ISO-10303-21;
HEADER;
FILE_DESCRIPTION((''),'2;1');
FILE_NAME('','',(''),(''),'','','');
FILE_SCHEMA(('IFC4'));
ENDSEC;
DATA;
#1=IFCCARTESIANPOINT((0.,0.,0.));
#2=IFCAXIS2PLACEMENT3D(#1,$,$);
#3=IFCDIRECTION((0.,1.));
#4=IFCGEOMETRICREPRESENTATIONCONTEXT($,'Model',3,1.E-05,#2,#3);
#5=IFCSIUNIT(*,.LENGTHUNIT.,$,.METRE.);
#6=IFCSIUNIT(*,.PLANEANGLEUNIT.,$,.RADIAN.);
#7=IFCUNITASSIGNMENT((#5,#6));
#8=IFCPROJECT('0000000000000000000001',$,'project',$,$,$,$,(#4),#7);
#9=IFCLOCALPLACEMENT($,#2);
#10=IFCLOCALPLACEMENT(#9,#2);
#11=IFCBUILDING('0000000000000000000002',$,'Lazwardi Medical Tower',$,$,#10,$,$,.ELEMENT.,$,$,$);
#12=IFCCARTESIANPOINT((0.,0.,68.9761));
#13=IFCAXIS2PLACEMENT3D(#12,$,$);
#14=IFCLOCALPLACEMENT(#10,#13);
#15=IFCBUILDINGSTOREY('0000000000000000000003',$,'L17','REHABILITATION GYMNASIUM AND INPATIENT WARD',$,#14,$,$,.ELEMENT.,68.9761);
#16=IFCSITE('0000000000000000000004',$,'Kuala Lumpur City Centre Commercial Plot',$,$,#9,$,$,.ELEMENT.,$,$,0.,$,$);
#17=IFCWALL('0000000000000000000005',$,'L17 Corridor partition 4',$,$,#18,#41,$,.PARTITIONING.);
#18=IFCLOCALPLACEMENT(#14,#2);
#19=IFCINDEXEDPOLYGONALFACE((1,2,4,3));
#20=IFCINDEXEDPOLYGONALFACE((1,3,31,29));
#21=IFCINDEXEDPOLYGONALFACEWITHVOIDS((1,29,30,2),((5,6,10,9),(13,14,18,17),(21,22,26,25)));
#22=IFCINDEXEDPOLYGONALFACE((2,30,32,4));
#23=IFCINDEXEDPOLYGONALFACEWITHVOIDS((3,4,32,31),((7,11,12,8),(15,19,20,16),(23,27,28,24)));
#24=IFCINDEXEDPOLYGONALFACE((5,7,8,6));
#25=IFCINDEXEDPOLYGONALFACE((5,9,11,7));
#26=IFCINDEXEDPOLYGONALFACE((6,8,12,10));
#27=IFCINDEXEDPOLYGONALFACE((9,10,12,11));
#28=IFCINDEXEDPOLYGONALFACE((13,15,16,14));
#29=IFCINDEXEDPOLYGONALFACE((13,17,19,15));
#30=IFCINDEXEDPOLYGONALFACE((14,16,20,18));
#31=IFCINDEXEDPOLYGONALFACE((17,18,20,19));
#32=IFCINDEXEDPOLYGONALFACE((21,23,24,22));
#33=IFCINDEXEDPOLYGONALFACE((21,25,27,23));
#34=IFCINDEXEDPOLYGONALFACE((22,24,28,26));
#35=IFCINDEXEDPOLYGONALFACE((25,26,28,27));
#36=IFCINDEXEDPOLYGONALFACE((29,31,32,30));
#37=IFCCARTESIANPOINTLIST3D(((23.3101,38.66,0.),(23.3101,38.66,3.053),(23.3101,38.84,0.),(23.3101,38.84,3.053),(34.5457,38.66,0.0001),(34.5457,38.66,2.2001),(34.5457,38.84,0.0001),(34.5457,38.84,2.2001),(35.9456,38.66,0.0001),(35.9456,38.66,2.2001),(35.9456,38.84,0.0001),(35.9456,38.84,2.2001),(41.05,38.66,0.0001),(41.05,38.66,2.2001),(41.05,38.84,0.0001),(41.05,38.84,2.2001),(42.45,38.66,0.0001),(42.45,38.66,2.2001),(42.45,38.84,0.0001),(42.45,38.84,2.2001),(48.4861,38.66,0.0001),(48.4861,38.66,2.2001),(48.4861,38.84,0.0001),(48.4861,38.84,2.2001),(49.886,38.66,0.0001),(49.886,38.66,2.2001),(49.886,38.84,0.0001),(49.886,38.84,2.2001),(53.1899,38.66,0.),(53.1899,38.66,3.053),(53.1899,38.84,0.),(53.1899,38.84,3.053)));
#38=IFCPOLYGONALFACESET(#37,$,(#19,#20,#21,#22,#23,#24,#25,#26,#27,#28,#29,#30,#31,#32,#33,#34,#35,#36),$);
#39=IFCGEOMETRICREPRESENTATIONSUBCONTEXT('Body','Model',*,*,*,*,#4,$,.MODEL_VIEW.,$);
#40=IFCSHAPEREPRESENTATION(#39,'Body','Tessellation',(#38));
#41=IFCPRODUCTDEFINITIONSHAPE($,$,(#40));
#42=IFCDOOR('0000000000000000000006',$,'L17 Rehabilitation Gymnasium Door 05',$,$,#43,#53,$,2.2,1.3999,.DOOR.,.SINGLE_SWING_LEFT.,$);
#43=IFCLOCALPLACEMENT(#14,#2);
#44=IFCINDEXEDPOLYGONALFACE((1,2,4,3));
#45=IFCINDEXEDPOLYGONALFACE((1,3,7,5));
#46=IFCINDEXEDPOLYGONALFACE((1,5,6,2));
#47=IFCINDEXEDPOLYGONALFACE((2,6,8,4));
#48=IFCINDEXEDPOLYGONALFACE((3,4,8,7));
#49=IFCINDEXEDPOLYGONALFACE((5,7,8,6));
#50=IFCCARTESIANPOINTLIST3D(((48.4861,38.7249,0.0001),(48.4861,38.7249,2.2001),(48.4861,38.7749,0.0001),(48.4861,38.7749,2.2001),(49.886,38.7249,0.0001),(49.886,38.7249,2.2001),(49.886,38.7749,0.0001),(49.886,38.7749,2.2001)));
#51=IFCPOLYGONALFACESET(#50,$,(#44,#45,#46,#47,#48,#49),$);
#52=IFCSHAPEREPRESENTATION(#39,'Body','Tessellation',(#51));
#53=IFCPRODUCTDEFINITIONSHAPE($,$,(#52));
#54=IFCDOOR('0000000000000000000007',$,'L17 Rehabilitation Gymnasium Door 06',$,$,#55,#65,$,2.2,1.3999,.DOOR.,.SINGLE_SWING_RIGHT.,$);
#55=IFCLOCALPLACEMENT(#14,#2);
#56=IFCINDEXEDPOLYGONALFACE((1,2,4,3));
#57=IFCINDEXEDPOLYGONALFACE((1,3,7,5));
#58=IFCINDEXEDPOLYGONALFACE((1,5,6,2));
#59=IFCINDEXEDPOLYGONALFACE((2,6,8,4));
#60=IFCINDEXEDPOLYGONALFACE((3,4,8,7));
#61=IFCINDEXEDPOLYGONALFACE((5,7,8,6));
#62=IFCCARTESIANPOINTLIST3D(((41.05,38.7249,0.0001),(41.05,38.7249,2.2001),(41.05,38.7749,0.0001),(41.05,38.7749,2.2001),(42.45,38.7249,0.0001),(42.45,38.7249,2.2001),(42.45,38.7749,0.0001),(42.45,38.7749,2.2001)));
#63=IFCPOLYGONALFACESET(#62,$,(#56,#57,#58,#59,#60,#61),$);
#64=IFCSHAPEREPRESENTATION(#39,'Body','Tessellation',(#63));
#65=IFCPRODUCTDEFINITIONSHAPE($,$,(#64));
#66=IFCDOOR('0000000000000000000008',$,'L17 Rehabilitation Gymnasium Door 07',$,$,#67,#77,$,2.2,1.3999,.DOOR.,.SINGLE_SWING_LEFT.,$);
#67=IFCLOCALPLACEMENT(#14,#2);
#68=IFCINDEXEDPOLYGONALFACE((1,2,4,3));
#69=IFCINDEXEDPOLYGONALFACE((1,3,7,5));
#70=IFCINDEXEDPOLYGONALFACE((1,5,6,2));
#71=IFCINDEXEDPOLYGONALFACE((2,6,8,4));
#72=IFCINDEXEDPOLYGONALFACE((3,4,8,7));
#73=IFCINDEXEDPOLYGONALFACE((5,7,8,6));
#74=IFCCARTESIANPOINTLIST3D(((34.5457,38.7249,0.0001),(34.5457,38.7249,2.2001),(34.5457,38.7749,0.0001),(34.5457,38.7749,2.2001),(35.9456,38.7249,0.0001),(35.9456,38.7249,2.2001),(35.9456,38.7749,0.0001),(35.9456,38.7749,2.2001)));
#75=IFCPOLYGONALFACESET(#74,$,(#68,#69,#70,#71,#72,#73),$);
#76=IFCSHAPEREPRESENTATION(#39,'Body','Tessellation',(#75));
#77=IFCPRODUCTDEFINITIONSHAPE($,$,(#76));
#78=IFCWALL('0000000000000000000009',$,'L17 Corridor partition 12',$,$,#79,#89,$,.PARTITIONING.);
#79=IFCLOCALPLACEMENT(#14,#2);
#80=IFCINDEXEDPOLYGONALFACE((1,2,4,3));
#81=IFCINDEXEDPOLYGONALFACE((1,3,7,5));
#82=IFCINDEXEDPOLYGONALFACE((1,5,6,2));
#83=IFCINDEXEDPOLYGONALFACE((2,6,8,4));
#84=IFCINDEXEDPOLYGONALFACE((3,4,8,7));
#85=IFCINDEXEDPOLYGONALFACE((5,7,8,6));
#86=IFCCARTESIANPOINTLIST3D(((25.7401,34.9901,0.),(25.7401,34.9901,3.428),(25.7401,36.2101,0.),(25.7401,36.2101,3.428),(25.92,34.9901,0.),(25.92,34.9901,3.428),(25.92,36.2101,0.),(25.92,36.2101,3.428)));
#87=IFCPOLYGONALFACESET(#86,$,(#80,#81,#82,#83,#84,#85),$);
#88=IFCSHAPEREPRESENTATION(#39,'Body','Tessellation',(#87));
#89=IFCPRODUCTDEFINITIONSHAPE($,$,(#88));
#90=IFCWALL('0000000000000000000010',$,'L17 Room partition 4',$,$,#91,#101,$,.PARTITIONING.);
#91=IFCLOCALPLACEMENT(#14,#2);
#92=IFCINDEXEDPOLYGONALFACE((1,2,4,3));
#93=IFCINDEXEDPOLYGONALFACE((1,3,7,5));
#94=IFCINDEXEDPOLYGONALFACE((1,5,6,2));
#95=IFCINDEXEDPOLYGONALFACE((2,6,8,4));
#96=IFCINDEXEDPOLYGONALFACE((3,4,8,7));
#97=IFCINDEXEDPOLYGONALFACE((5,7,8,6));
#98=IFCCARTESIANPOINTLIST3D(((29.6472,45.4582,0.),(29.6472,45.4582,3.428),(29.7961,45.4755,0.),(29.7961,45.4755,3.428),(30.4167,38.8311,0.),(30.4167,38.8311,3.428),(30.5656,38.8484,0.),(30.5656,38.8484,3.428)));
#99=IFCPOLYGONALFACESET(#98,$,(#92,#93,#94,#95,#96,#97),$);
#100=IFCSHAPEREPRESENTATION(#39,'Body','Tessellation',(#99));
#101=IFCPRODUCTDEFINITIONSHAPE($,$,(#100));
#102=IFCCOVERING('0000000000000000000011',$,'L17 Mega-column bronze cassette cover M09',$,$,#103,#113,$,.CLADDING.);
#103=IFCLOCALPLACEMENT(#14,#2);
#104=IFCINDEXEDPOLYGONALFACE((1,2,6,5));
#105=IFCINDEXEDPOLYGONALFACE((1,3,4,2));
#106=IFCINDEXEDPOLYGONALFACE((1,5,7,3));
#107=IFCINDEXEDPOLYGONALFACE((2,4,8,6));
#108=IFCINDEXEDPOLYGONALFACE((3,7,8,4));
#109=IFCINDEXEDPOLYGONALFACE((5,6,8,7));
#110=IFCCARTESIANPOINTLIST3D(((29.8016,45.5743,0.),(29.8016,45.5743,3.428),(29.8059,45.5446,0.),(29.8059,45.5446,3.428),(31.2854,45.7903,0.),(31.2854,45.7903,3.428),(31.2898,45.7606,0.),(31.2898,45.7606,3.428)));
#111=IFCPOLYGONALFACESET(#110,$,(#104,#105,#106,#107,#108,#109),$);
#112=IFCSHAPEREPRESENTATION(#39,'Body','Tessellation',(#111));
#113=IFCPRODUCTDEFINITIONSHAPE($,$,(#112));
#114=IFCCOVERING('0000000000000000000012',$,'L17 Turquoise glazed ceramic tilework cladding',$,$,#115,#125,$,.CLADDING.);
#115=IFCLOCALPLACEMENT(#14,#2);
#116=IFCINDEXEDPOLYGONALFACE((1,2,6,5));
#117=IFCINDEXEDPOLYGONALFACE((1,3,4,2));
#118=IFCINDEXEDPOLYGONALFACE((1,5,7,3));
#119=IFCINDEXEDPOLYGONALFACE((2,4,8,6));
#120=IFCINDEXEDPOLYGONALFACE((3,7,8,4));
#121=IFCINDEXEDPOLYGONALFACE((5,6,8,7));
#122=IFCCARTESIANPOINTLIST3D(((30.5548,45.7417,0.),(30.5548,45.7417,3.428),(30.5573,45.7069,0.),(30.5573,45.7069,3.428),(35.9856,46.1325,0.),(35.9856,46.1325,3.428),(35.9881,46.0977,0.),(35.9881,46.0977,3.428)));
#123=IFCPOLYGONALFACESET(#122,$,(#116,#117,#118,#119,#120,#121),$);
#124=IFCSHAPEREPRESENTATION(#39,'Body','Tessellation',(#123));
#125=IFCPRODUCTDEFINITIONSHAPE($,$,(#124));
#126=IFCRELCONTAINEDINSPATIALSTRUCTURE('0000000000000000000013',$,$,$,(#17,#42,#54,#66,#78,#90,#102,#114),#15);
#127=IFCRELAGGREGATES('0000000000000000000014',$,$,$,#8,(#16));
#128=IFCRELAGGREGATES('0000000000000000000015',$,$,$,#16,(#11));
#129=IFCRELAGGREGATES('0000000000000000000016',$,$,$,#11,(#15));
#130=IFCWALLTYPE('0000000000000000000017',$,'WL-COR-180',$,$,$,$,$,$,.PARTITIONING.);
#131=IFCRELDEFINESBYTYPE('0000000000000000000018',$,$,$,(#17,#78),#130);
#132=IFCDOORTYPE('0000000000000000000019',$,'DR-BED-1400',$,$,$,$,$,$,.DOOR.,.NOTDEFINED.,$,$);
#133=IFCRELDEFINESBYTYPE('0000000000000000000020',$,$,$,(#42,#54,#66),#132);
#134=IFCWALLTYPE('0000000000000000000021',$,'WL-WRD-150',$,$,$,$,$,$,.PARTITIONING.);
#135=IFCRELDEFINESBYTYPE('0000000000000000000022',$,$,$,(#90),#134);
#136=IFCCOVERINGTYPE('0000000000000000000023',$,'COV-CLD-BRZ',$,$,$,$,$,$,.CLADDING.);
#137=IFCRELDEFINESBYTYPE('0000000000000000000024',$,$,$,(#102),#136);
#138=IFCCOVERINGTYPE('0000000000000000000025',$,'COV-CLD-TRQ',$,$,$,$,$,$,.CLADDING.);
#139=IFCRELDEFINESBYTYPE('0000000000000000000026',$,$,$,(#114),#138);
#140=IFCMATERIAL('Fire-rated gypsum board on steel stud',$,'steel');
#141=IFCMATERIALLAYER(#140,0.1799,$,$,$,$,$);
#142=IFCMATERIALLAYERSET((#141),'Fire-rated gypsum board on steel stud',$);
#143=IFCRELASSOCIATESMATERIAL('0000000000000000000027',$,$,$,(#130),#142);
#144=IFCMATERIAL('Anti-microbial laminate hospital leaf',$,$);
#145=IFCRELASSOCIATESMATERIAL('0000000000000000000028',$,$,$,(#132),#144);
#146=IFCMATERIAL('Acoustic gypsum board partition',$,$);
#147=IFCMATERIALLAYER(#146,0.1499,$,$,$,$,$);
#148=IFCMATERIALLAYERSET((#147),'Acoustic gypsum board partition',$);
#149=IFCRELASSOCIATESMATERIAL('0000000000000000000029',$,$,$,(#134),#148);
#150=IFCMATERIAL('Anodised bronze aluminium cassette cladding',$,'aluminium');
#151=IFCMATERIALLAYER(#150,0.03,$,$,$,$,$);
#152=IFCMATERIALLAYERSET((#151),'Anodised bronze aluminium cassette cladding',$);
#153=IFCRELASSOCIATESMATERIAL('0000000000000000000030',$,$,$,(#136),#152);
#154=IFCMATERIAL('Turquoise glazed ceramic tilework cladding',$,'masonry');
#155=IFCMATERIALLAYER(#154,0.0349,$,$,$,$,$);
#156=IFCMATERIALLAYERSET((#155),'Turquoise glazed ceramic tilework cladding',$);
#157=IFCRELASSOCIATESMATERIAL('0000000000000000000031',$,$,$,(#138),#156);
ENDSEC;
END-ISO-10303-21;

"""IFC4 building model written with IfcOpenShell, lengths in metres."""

from ifc_helpers import new_model, si_unit, direction, frame, frame_2d, origin, origin_2d, place, context, subcontext, project, spatial, rectangle, extrude, material, layer, layer_set, type_object, element, fill, save


model = new_model("IFC4")

# Units and contexts
model_context = context("Model", 3, precision=1e-05, world=origin(), true_north=direction((0.0, 1.0)))
body_context = subcontext(model_context, "Body", "Model", "MODEL_VIEW")
ifc_project = project(units=[si_unit("LENGTHUNIT", "METRE"), si_unit("PLANEANGLEUNIT", "RADIAN")], contexts=[model_context])

# Site, building, storey
site_placement = place(None, origin())
site = spatial("IfcSite", under=ifc_project, at=site_placement, Name="Kuala Lumpur City Centre Commercial Plot", CompositionType="ELEMENT", RefElevation=0.0)
building_placement = place(site_placement, origin())
building = spatial("IfcBuilding", under=site, at=building_placement, Name="Lazwardi Medical Tower", CompositionType="ELEMENT")
storey_placement = place(building_placement, frame((0.0, 0.0, 68.9761)))
storey = spatial("IfcBuildingStorey", under=building, at=storey_placement, Name="L17", Description="REHABILITATION GYMNASIUM AND INPATIENT WARD", CompositionType="ELEMENT", Elevation=68.9761)

# Wall, openings, doors
ifc_material_1 = material(Name="Fire-rated gypsum board on steel stud", Category="steel")
ifc_layer_1 = layer(ifc_material_1, 0.1799)
ifc_layer_set_1 = layer_set([ifc_layer_1], Name="Fire-rated gypsum board on steel stud")
wall_type_1 = type_object("IfcWallType", Name="WL-COR-180", PredefinedType="PARTITIONING", material=ifc_layer_set_1)
wall_1_placement = place(storey_placement, frame((23.3101, 38.75, 0.0), z_axis=(0.0, 0.0, 1.0), x_axis=(1.0, 0.0, 0.0)))
wall_1 = element("IfcWall", 1, at=wall_1_placement, inside=storey, type_object=wall_type_1, Name="L17 Corridor partition 4", PredefinedType="PARTITIONING", context=body_context, shape_type="SweptSolid", body=[
    extrude(rectangle(XDim=29.8799, YDim=0.1799, at=frame_2d((14.9399, 0.0))), origin(), (0.0, 0.0, 1.0), 3.053),
])
opening_1_placement = place(wall_1_placement, frame((25.176, 0.0, 0.0)))
opening_1 = element("IfcOpeningElement", 2, at=opening_1_placement, cuts=wall_1, PredefinedType="OPENING", context=body_context, shape_type="SweptSolid", body=[
    extrude(rectangle(XDim=1.3999, YDim=2.2, at=frame_2d((0.7, 1.1001))), frame((0.0, 0.0999, 0.0), z_axis=(0.0, -1.0, 0.0), x_axis=(1.0, 0.0, 0.0)), (0.0, 0.0, 1.0), 0.2),
])
opening_2_placement = place(wall_1_placement, frame((17.74, 0.0, 0.0)))
opening_2 = element("IfcOpeningElement", 3, at=opening_2_placement, cuts=wall_1, PredefinedType="OPENING", context=body_context, shape_type="SweptSolid", body=[
    extrude(rectangle(XDim=1.3999, YDim=2.2, at=frame_2d((0.7, 1.1001))), frame((0.0, 0.0999, 0.0), z_axis=(0.0, -1.0, 0.0), x_axis=(1.0, 0.0, 0.0)), (0.0, 0.0, 1.0), 0.2),
])
opening_3_placement = place(wall_1_placement, frame((11.2356, 0.0, 0.0)))
opening_3 = element("IfcOpeningElement", 4, at=opening_3_placement, cuts=wall_1, PredefinedType="OPENING", context=body_context, shape_type="SweptSolid", body=[
    extrude(rectangle(XDim=1.3999, YDim=2.2, at=frame_2d((0.7, 1.1001))), frame((0.0, 0.0999, 0.0), z_axis=(0.0, -1.0, 0.0), x_axis=(1.0, 0.0, 0.0)), (0.0, 0.0, 1.0), 0.2),
])
ifc_material_2 = material(Name="Anti-microbial laminate hospital leaf")
door_type = type_object("IfcDoorType", Name="DR-BED-1400", OperationType="NOTDEFINED", PredefinedType="DOOR", material=ifc_material_2)
door_1_placement = place(opening_1_placement, origin())
door_1 = element("IfcDoor", 5, at=door_1_placement, inside=storey, type_object=door_type, Name="L17 Rehabilitation Gymnasium Door 05", OperationType="SINGLE_SWING_LEFT", OverallHeight=2.2, OverallWidth=1.3999, PredefinedType="DOOR", context=body_context, shape_type="SweptSolid", body=[
    extrude(rectangle(XDim=1.3999, YDim=2.2, at=frame_2d((0.7, 1.1001))), frame((0.0, 0.0249, 0.0), z_axis=(0.0, -1.0, 0.0), x_axis=(1.0, 0.0, 0.0)), (0.0, 0.0, 1.0), 0.05),
])
fill(opening_1, door_1)
door_2_placement = place(opening_2_placement, origin())
door_2 = element("IfcDoor", 6, at=door_2_placement, inside=storey, type_object=door_type, Name="L17 Rehabilitation Gymnasium Door 06", OperationType="SINGLE_SWING_RIGHT", OverallHeight=2.2, OverallWidth=1.3999, PredefinedType="DOOR", context=body_context, shape_type="SweptSolid", body=[
    extrude(rectangle(XDim=1.3999, YDim=2.2, at=frame_2d((0.7, 1.1001))), frame((0.0, 0.0249, 0.0), z_axis=(0.0, -1.0, 0.0), x_axis=(1.0, 0.0, 0.0)), (0.0, 0.0, 1.0), 0.05),
])
fill(opening_2, door_2)
door_3_placement = place(opening_3_placement, origin())
door_3 = element("IfcDoor", 7, at=door_3_placement, inside=storey, type_object=door_type, Name="L17 Rehabilitation Gymnasium Door 07", OperationType="SINGLE_SWING_LEFT", OverallHeight=2.2, OverallWidth=1.3999, PredefinedType="DOOR", context=body_context, shape_type="SweptSolid", body=[
    extrude(rectangle(XDim=1.3999, YDim=2.2, at=frame_2d((0.7, 1.1001))), frame((0.0, 0.0249, 0.0), z_axis=(0.0, -1.0, 0.0), x_axis=(1.0, 0.0, 0.0)), (0.0, 0.0, 1.0), 0.05),
])
fill(opening_3, door_3)

# Walls
wall_2_placement = place(storey_placement, frame((25.8301, 36.21, 0.0), z_axis=(0.0, 0.0, 1.0), x_axis=(0.0, -1.0, 0.0)))
element("IfcWall", 8, at=wall_2_placement, inside=storey, type_object=wall_type_1, Name="L17 Corridor partition 12", PredefinedType="PARTITIONING", context=body_context, shape_type="SweptSolid", body=[
    extrude(rectangle(XDim=1.22, YDim=0.1799, at=frame_2d((0.6099, 0.0))), origin(), (0.0, 0.0, 1.0), 3.428),
])
ifc_material_3 = material(Name="Acoustic gypsum board partition")
ifc_layer_2 = layer(ifc_material_3, 0.1499)
ifc_layer_set_2 = layer_set([ifc_layer_2], Name="Acoustic gypsum board partition")
wall_type_2 = type_object("IfcWallType", Name="WL-WRD-150", PredefinedType="PARTITIONING", material=ifc_layer_set_2)
wall_3_placement = place(storey_placement, frame((30.4912, 38.8396, 0.0), z_axis=(0.0, 0.0, 1.0), x_axis=(-0.115342, 0.993326, 0.0)))
element("IfcWall", 9, at=wall_3_placement, inside=storey, type_object=wall_type_2, Name="L17 Room partition 4", PredefinedType="PARTITIONING", context=body_context, shape_type="SweptSolid", body=[
    extrude(rectangle(XDim=6.6716, YDim=0.1499, at=frame_2d((3.3359, 0.0))), origin(), (0.0, 0.0, 1.0), 3.428),
])

# Coverings
ifc_material_4 = material(Name="Anodised bronze aluminium cassette cladding", Category="aluminium")
ifc_layer_3 = layer(ifc_material_4, 0.03)
ifc_layer_set_3 = layer_set([ifc_layer_3], Name="Anodised bronze aluminium cassette cladding")
covering_type_1 = type_object("IfcCoveringType", Name="COV-CLD-BRZ", PredefinedType="CLADDING", material=ifc_layer_set_3)
covering_1_placement = place(storey_placement, frame((30.5457, 45.6675, 0.0), z_axis=(0.0, 0.0, 1.0), x_axis=(-0.989573, -0.144035, 0.0)))
element("IfcCovering", 10, at=covering_1_placement, inside=storey, type_object=covering_type_1, Name="L17 Mega-column bronze cassette cover M09", PredefinedType="CLADDING", context=body_context, shape_type="SweptSolid", body=[
    extrude(rectangle(XDim=1.4995, YDim=0.03, at=origin_2d()), origin(), (0.0, 0.0, 1.0), 3.428),
])
ifc_material_5 = material(Name="Turquoise glazed ceramic tilework cladding", Category="masonry")
ifc_layer_4 = layer(ifc_material_5, 0.0349)
ifc_layer_set_4 = layer_set([ifc_layer_4], Name="Turquoise glazed ceramic tilework cladding")
covering_type_2 = type_object("IfcCoveringType", Name="COV-CLD-TRQ", PredefinedType="CLADDING", material=ifc_layer_set_4)
covering_2_placement = place(storey_placement, frame((33.2715, 45.9197, 0.0), z_axis=(0.0, 0.0, 1.0), x_axis=(-0.997421, -0.071774, 0.0)))
element("IfcCovering", 11, at=covering_2_placement, inside=storey, type_object=covering_type_2, Name="L17 Turquoise glazed ceramic tilework cladding", PredefinedType="CLADDING", context=body_context, shape_type="SweptSolid", body=[
    extrude(rectangle(XDim=5.4448, YDim=0.0349, at=origin_2d()), origin(), (0.0, 0.0, 1.0), 3.428),
])

save(model, "model.ifc")
